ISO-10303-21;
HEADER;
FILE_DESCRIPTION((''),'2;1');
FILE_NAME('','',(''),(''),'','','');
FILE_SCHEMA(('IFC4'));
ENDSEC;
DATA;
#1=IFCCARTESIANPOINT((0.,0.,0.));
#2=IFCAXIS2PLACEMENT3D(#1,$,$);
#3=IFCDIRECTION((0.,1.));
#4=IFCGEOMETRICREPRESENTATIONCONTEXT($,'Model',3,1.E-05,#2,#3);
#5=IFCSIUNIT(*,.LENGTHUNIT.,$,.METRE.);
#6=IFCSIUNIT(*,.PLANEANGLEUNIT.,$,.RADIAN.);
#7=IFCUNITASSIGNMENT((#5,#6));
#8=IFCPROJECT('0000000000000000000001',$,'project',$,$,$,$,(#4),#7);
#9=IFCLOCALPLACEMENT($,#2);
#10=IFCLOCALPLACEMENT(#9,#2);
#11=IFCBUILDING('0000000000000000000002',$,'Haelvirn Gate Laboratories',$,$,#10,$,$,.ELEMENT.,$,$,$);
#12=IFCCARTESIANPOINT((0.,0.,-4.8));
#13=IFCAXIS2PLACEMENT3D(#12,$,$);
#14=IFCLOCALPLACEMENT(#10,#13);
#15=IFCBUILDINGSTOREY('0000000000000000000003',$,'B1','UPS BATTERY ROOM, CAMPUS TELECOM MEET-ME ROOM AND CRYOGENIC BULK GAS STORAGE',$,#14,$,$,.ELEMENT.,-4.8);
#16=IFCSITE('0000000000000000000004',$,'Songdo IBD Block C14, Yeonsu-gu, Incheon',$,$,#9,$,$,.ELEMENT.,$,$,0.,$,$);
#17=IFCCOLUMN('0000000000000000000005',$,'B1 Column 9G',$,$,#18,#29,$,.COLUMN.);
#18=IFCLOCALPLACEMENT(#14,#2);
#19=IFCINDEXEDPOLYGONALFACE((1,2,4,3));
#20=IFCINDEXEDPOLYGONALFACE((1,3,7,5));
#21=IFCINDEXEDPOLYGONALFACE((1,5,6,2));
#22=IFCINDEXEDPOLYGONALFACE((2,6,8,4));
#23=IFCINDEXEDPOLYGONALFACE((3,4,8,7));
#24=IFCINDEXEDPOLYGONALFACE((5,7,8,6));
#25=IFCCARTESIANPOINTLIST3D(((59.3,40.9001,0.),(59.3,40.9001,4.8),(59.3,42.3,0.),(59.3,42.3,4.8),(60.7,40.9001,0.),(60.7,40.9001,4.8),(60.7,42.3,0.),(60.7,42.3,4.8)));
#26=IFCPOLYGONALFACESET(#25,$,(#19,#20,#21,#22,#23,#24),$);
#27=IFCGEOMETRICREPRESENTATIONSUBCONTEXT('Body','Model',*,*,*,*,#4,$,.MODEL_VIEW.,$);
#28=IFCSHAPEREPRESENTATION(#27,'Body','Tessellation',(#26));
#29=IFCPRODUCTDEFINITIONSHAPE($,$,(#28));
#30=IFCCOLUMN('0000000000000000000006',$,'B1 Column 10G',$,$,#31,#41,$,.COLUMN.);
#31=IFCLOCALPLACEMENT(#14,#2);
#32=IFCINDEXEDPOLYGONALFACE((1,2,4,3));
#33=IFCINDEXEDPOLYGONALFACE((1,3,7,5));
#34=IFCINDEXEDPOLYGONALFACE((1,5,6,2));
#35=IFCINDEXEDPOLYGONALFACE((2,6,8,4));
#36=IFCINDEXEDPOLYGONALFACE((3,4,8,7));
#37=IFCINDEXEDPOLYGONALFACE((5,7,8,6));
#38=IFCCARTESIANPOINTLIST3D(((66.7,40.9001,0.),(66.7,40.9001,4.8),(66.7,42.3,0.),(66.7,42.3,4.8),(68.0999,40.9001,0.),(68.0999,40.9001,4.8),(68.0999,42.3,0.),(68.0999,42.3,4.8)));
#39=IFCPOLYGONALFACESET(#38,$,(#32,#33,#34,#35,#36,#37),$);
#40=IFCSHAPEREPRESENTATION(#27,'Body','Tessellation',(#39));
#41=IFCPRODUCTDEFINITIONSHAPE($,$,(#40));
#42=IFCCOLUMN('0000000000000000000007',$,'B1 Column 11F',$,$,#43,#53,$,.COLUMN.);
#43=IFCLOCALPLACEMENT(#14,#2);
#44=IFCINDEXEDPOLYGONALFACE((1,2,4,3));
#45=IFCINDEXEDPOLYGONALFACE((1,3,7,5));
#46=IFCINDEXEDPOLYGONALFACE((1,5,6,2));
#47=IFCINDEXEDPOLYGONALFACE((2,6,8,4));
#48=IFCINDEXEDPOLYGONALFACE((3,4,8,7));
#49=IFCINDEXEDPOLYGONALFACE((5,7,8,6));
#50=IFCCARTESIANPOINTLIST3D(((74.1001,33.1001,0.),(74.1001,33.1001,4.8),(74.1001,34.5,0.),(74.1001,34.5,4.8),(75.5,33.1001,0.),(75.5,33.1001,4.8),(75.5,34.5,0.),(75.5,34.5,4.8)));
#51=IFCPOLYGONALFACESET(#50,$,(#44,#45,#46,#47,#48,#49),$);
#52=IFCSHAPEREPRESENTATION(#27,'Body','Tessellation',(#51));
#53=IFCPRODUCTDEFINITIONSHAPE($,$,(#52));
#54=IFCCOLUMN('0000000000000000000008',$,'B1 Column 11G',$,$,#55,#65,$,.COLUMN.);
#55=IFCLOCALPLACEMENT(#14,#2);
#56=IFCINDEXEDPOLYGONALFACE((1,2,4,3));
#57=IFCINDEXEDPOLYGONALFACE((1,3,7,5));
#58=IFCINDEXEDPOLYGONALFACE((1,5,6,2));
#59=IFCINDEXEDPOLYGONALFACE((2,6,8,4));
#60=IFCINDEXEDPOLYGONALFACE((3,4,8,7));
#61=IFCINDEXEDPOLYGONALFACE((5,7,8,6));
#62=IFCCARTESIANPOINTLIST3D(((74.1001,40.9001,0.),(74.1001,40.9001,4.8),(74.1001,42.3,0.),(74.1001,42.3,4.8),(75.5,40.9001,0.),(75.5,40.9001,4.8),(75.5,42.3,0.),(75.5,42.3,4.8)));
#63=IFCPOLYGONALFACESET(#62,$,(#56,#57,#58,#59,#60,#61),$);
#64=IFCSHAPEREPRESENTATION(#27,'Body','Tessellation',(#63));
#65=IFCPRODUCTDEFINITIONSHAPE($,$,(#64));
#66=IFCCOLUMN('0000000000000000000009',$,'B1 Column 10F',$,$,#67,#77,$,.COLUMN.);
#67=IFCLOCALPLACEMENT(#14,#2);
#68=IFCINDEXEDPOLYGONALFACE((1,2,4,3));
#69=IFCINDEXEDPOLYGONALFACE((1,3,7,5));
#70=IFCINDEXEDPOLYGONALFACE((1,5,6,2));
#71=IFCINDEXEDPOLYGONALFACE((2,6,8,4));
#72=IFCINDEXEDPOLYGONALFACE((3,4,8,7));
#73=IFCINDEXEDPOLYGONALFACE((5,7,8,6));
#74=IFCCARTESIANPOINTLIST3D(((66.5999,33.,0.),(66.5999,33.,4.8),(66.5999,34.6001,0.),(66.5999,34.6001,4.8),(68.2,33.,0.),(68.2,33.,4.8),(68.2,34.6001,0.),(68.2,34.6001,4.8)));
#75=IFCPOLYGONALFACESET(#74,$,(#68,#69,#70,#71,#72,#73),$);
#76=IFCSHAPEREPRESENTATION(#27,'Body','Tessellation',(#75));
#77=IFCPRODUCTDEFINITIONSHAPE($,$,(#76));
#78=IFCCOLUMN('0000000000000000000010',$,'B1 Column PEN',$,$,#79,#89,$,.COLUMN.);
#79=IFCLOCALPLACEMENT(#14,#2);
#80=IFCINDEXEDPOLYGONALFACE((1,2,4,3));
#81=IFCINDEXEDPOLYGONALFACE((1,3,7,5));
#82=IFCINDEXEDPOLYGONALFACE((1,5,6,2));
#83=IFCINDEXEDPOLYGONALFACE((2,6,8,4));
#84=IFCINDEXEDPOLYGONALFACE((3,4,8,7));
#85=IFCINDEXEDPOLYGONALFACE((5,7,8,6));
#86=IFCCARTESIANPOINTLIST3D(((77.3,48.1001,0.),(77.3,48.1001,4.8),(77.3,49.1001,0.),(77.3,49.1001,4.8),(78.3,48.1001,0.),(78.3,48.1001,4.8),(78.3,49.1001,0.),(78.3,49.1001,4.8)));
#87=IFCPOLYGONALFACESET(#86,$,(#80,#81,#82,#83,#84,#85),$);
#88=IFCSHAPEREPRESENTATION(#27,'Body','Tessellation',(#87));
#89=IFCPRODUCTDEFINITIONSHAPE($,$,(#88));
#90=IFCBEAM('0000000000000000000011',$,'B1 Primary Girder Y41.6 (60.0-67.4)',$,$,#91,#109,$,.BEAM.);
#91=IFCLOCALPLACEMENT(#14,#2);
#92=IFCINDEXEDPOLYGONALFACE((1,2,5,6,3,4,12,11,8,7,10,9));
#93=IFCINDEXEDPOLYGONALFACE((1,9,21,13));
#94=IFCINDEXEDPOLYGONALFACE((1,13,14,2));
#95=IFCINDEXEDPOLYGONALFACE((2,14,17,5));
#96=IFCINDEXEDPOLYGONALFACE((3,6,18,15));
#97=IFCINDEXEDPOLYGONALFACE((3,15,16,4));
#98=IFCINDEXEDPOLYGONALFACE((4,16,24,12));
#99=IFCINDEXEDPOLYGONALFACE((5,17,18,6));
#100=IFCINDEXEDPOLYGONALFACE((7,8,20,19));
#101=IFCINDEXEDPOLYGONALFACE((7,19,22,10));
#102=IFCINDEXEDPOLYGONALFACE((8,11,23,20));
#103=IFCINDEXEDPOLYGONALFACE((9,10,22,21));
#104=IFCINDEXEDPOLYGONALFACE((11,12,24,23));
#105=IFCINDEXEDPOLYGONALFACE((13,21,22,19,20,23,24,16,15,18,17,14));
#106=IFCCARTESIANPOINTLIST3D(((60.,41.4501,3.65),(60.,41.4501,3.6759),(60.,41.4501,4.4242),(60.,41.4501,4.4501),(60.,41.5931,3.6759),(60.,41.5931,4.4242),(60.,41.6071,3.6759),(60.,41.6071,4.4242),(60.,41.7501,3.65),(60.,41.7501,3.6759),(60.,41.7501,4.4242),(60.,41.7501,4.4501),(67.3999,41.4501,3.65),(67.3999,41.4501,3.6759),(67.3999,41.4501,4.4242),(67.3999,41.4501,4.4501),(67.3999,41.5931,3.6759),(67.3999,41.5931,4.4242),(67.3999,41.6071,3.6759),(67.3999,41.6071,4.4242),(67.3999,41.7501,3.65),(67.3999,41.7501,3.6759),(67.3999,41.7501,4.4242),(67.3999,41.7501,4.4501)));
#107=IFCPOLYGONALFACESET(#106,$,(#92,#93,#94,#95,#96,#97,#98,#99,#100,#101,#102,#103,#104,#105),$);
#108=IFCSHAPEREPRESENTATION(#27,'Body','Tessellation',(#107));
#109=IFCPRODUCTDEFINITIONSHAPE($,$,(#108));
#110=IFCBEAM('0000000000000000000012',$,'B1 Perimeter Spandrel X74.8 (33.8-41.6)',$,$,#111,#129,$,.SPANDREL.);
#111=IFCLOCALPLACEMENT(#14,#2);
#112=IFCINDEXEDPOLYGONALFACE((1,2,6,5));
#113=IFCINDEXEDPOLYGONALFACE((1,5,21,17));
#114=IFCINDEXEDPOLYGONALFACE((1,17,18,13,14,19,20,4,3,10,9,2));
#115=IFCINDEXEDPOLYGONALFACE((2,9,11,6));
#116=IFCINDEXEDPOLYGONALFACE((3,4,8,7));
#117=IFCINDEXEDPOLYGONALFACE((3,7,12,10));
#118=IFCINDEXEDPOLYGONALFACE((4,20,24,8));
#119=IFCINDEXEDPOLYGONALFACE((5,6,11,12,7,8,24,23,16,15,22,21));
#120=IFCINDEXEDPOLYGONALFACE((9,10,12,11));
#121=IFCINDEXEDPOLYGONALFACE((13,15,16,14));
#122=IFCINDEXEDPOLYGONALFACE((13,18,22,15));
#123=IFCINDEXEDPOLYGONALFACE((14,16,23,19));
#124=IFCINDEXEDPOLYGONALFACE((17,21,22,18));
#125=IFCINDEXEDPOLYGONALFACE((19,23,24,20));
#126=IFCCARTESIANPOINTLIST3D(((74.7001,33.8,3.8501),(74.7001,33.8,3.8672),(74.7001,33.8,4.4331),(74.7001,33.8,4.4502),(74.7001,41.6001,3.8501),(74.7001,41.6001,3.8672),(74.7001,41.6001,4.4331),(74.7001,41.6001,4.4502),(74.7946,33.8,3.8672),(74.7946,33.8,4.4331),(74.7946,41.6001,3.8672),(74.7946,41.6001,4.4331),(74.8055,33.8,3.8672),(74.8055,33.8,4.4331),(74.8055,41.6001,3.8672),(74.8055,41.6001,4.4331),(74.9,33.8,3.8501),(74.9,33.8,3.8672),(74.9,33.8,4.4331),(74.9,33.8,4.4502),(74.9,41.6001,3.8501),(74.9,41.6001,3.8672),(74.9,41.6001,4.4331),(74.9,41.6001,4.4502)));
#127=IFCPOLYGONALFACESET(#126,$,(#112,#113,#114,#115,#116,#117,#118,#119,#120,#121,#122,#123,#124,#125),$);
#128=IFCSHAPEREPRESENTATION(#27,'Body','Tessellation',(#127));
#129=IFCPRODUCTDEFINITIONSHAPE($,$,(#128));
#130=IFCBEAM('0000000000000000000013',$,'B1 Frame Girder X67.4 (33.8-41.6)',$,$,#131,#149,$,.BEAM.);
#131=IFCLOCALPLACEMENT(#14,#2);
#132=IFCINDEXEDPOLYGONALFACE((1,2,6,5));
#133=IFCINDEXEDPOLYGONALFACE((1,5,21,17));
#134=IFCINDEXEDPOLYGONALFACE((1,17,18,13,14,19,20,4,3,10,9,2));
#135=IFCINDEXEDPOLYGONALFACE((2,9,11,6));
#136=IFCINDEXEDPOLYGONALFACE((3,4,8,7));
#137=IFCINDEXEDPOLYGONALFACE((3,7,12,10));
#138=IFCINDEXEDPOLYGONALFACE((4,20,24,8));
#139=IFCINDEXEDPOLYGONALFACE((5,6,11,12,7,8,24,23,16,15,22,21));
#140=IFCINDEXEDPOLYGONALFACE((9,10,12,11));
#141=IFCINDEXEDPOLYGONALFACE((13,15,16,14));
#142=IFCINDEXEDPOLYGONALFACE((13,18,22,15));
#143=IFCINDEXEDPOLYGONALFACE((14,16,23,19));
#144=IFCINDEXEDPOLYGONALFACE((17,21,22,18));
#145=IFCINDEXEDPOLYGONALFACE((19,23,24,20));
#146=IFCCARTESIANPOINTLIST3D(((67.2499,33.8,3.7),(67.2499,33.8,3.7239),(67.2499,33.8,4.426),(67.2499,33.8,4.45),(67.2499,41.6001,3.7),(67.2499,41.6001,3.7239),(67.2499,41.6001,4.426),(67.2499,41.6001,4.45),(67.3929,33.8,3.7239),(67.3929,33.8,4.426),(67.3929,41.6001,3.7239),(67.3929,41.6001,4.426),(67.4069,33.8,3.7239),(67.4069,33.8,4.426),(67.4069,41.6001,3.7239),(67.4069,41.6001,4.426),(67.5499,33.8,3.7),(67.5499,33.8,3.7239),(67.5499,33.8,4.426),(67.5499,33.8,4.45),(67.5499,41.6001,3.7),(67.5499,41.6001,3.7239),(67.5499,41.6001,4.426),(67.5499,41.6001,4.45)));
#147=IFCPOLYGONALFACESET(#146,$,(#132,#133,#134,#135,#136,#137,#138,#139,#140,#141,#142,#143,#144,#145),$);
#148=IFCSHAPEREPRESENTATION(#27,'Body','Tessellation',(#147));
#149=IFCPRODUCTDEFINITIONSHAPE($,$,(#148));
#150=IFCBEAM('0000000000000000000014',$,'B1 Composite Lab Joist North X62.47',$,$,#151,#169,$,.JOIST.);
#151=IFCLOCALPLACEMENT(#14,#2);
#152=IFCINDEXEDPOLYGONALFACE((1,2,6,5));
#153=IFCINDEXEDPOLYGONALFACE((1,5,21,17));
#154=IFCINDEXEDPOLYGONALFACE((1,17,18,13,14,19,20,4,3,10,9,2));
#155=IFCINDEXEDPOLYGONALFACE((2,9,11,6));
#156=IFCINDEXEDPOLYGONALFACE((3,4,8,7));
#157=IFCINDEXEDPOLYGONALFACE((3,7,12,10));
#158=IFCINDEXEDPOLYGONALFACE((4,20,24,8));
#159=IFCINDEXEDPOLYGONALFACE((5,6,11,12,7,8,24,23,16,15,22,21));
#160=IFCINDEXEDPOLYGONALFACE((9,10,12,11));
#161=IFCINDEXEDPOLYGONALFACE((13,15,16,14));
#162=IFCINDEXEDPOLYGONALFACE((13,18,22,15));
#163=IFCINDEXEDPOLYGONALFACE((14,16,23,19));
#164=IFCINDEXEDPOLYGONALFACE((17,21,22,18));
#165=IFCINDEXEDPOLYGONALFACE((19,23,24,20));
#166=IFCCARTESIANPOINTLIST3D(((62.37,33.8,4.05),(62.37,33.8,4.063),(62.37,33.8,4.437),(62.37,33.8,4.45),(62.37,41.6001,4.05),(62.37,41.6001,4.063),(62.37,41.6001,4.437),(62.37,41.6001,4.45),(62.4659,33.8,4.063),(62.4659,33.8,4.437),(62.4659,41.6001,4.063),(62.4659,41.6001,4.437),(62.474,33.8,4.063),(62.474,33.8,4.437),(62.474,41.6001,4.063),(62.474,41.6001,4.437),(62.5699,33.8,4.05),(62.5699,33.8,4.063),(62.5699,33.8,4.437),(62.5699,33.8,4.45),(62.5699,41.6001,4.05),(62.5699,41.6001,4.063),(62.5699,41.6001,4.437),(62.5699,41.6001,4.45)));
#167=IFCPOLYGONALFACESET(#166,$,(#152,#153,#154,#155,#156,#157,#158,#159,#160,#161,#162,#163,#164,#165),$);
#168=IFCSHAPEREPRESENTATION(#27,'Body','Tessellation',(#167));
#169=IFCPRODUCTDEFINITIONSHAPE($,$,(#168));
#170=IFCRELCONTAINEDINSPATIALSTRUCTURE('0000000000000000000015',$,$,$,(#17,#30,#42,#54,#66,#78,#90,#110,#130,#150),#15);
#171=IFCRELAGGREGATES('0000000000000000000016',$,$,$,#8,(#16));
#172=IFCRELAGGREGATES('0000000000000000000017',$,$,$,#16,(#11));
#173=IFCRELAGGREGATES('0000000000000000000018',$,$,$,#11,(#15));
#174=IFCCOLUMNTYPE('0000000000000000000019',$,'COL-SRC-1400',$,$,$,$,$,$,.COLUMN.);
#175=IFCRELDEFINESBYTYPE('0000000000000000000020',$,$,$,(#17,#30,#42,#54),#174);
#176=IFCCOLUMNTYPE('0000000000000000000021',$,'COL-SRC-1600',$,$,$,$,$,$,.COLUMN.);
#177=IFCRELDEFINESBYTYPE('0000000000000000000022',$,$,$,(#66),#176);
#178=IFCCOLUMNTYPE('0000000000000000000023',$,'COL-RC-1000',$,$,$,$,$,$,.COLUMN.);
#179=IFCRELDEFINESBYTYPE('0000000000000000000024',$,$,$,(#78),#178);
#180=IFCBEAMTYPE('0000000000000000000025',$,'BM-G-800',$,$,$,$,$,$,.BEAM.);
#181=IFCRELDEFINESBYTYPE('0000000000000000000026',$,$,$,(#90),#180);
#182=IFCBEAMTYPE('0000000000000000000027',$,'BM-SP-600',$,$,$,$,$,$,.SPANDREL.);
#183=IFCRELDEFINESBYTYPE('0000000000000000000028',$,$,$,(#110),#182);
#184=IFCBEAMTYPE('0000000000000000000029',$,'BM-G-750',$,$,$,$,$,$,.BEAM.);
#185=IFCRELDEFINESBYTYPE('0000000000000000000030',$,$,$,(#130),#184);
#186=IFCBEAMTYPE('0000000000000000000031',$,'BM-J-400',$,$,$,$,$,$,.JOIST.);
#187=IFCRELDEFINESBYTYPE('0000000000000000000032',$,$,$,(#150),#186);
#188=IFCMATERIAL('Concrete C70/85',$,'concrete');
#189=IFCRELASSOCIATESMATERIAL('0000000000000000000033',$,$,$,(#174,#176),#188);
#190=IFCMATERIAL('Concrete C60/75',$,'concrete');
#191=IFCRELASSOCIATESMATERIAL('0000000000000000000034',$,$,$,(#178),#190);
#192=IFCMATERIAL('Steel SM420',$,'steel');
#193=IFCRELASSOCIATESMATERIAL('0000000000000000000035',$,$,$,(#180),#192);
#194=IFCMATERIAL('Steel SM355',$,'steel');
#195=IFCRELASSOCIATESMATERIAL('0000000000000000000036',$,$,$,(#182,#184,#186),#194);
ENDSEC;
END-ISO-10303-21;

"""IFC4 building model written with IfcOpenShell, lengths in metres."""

from ifc_helpers import new_model, si_unit, direction, frame, origin, origin_2d, place, context, subcontext, project, spatial, rectangle, i_section, extrude, source, transform, mapped, material, material_profile, profile_set, type_object, type_shapes, element, save


model = new_model("IFC4")

# Units and contexts
model_context = context("Model", 3, precision=1e-05, world=origin(), true_north=direction((0.0, 1.0)))
body_context = subcontext(model_context, "Body", "Model", "MODEL_VIEW")
ifc_project = project(units=[si_unit("LENGTHUNIT", "METRE"), si_unit("PLANEANGLEUNIT", "RADIAN")], contexts=[model_context])

# Site, building, storey
site_placement = place(None, origin())
site = spatial("IfcSite", under=ifc_project, at=site_placement, Name="Songdo IBD Block C14, Yeonsu-gu, Incheon", CompositionType="ELEMENT", RefElevation=0.0)
building_placement = place(site_placement, origin())
building = spatial("IfcBuilding", under=site, at=building_placement, Name="Haelvirn Gate Laboratories", CompositionType="ELEMENT")
storey_placement = place(building_placement, frame((0.0, 0.0, -4.8)))
storey = spatial("IfcBuildingStorey", under=building, at=storey_placement, Name="B1", Description="UPS BATTERY ROOM, CAMPUS TELECOM MEET-ME ROOM AND CRYOGENIC BULK GAS STORAGE", CompositionType="ELEMENT", Elevation=-4.8)

# Columns
ifc_material_1 = material(Name="Concrete C70/85", Category="concrete")
ifc_material_profile_1 = material_profile(ifc_material_1, rectangle(XDim=1.3999, YDim=1.3999, at=origin_2d()), Name="SRC-1400x1400")
ifc_profile_set_1 = profile_set([ifc_material_profile_1], Name="Concrete C70/85")
column_type_1 = type_object("IfcColumnType", Name="COL-SRC-1400", PredefinedType="COLUMN", material=ifc_profile_set_1)
shared_shape_1 = source(origin(), body_context, "Body", "SweptSolid", [
    extrude(rectangle(XDim=1.3999, YDim=1.3999, at=origin_2d()), origin(), (0.0, 0.0, 1.0), 4.8),
])
type_shapes(column_type_1, [shared_shape_1])
for number, where, z_axis, x_axis, name in (
    (1, (60.0, 41.6001, 0.0), (0.0, 0.0, 1.0), (1.0, 0.0, 0.0), "B1 Column 9G"),
    (2, (67.3999, 41.6001, 0.0), (0.0, 0.0, 1.0), (1.0, 0.0, 0.0), "B1 Column 10G"),
    (3, (74.8, 33.8, 0.0), (0.0, 0.0, 1.0), (1.0, 0.0, 0.0), "B1 Column 11F"),
    (4, (74.8, 41.6001, 0.0), (0.0, 0.0, 1.0), (1.0, 0.0, 0.0), "B1 Column 11G"),
):
    element("IfcColumn", number, at=place(storey_placement, frame(where, z_axis=z_axis, x_axis=x_axis)), inside=storey, type_object=column_type_1, Name=name, PredefinedType="COLUMN", context=body_context, shape_type="MappedRepresentation", body=[
        mapped(shared_shape_1, transform((0.0, 0.0, 0.0), scale=1.0)),
    ])
ifc_material_profile_2 = material_profile(ifc_material_1, rectangle(XDim=1.6001, YDim=1.6001, at=origin_2d()), Name="SRC-1600x1600")
ifc_profile_set_2 = profile_set([ifc_material_profile_2], Name="Concrete C70/85")
column_type_2 = type_object("IfcColumnType", Name="COL-SRC-1600", PredefinedType="COLUMN", material=ifc_profile_set_2)
shared_shape_2 = source(origin(), body_context, "Body", "SweptSolid", [
    extrude(rectangle(XDim=1.6001, YDim=1.6001, at=origin_2d()), origin(), (0.0, 0.0, 1.0), 4.8),
])
type_shapes(column_type_2, [shared_shape_2])
column_1_placement = place(storey_placement, frame((67.3999, 33.8, 0.0), z_axis=(0.0, 0.0, 1.0), x_axis=(1.0, 0.0, 0.0)))
element("IfcColumn", 5, at=column_1_placement, inside=storey, type_object=column_type_2, Name="B1 Column 10F", PredefinedType="COLUMN", context=body_context, shape_type="MappedRepresentation", body=[
    mapped(shared_shape_2, transform((0.0, 0.0, 0.0), scale=1.0)),
])
ifc_material_2 = material(Name="Concrete C60/75", Category="concrete")
ifc_material_profile_3 = material_profile(ifc_material_2, rectangle(XDim=1.0, YDim=1.0, at=origin_2d()), Name="RC-1000x1000")
ifc_profile_set_3 = profile_set([ifc_material_profile_3], Name="Concrete C60/75")
column_type_3 = type_object("IfcColumnType", Name="COL-RC-1000", PredefinedType="COLUMN", material=ifc_profile_set_3)
shared_shape_3 = source(origin(), body_context, "Body", "SweptSolid", [
    extrude(rectangle(XDim=1.0, YDim=1.0, at=origin_2d()), origin(), (0.0, 0.0, 1.0), 4.8),
])
type_shapes(column_type_3, [shared_shape_3])
column_2_placement = place(storey_placement, frame((77.8, 48.6001, 0.0), z_axis=(0.0, 0.0, 1.0), x_axis=(1.0, 0.0, 0.0)))
element("IfcColumn", 6, at=column_2_placement, inside=storey, type_object=column_type_3, Name="B1 Column PEN", PredefinedType="COLUMN", context=body_context, shape_type="MappedRepresentation", body=[
    mapped(shared_shape_3, transform((0.0, 0.0, 0.0), scale=1.0)),
])

# Beams
ifc_material_3 = material(Name="Steel SM420", Category="steel")
ifc_material_profile_4 = material_profile(ifc_material_3, i_section(OverallWidth=0.3, OverallDepth=0.8, WebThickness=0.0139, FlangeThickness=0.0259, at=origin_2d()), Name="H-800x300x14x26")
ifc_profile_set_4 = profile_set([ifc_material_profile_4], Name="Steel SM420")
beam_type_1 = type_object("IfcBeamType", Name="BM-G-800", PredefinedType="BEAM", material=ifc_profile_set_4)
shared_shape_4 = source(origin(), body_context, "Body", "SweptSolid", [
    extrude(i_section(OverallWidth=0.3, OverallDepth=0.8, WebThickness=0.0139, FlangeThickness=0.0259, at=origin_2d()), origin(), (0.0, 0.0, 1.0), 7.3999),
])
beam_1_placement = place(storey_placement, frame((60.0, 41.6001, 4.05), z_axis=(1.0, 0.0, 0.0), x_axis=(0.0, 1.0, 0.0)))
element("IfcBeam", 7, at=beam_1_placement, inside=storey, type_object=beam_type_1, Name="B1 Primary Girder Y41.6 (60.0-67.4)", PredefinedType="BEAM", context=body_context, shape_type="MappedRepresentation", body=[
    mapped(shared_shape_4, transform((0.0, 0.0, 0.0), scale=1.0)),
])
ifc_material_4 = material(Name="Steel SM355", Category="steel")
ifc_material_profile_5 = material_profile(ifc_material_4, i_section(OverallWidth=0.2, OverallDepth=0.6001, WebThickness=0.011, FlangeThickness=0.0171, at=origin_2d()), Name="H-600x200x11x17")
ifc_profile_set_5 = profile_set([ifc_material_profile_5], Name="Steel SM355")
beam_type_2 = type_object("IfcBeamType", Name="BM-SP-600", PredefinedType="SPANDREL", material=ifc_profile_set_5)
shared_shape_5 = source(origin(), body_context, "Body", "SweptSolid", [
    extrude(i_section(OverallWidth=0.2, OverallDepth=0.6001, WebThickness=0.011, FlangeThickness=0.0171, at=origin_2d()), origin(), (0.0, 0.0, 1.0), 7.8),
])
beam_2_placement = place(storey_placement, frame((74.8, 33.8, 4.1501), z_axis=(0.0, 1.0, 0.0), x_axis=(-1.0, 0.0, 0.0)))
element("IfcBeam", 8, at=beam_2_placement, inside=storey, type_object=beam_type_2, Name="B1 Perimeter Spandrel X74.8 (33.8-41.6)", PredefinedType="SPANDREL", context=body_context, shape_type="MappedRepresentation", body=[
    mapped(shared_shape_5, transform((0.0, 0.0, 0.0), scale=1.0)),
])
ifc_material_profile_6 = material_profile(ifc_material_4, i_section(OverallWidth=0.3, OverallDepth=0.75, WebThickness=0.0139, FlangeThickness=0.0239, at=origin_2d()), Name="H-750x300x14x24")
ifc_profile_set_6 = profile_set([ifc_material_profile_6], Name="Steel SM355")
beam_type_3 = type_object("IfcBeamType", Name="BM-G-750", PredefinedType="BEAM", material=ifc_profile_set_6)
shared_shape_6 = source(origin(), body_context, "Body", "SweptSolid", [
    extrude(i_section(OverallWidth=0.3, OverallDepth=0.75, WebThickness=0.0139, FlangeThickness=0.0239, at=origin_2d()), origin(), (0.0, 0.0, 1.0), 7.8),
])
beam_3_placement = place(storey_placement, frame((67.3999, 33.8, 4.075), z_axis=(0.0, 1.0, 0.0), x_axis=(-1.0, 0.0, 0.0)))
element("IfcBeam", 9, at=beam_3_placement, inside=storey, type_object=beam_type_3, Name="B1 Frame Girder X67.4 (33.8-41.6)", PredefinedType="BEAM", context=body_context, shape_type="MappedRepresentation", body=[
    mapped(shared_shape_6, transform((0.0, 0.0, 0.0), scale=1.0)),
])
ifc_material_profile_7 = material_profile(ifc_material_4, i_section(OverallWidth=0.2, OverallDepth=0.3999, WebThickness=0.0081, FlangeThickness=0.0129, at=origin_2d()), Name="H-400x200x8x13")
ifc_profile_set_7 = profile_set([ifc_material_profile_7], Name="Steel SM355")
beam_type_4 = type_object("IfcBeamType", Name="BM-J-400", PredefinedType="JOIST", material=ifc_profile_set_7)
shared_shape_7 = source(origin(), body_context, "Body", "SweptSolid", [
    extrude(i_section(OverallWidth=0.2, OverallDepth=0.3999, WebThickness=0.0081, FlangeThickness=0.0129, at=origin_2d()), origin(), (0.0, 0.0, 1.0), 7.8),
])
type_shapes(beam_type_4, [shared_shape_7])
for number, where, z_axis, x_axis, name in (
    (10, (62.47, 33.8, 4.25), (0.0, 1.0, 0.0), (-1.0, 0.0, 0.0), "B1 Composite Lab Joist North X62.47"),
):
    element("IfcBeam", number, at=place(storey_placement, frame(where, z_axis=z_axis, x_axis=x_axis)), inside=storey, type_object=beam_type_4, Name=name, PredefinedType="JOIST", context=body_context, shape_type="MappedRepresentation", body=[
        mapped(shared_shape_7, transform((0.0, 0.0, 0.0), scale=1.0)),
    ])

save(model, "model.ifc")
